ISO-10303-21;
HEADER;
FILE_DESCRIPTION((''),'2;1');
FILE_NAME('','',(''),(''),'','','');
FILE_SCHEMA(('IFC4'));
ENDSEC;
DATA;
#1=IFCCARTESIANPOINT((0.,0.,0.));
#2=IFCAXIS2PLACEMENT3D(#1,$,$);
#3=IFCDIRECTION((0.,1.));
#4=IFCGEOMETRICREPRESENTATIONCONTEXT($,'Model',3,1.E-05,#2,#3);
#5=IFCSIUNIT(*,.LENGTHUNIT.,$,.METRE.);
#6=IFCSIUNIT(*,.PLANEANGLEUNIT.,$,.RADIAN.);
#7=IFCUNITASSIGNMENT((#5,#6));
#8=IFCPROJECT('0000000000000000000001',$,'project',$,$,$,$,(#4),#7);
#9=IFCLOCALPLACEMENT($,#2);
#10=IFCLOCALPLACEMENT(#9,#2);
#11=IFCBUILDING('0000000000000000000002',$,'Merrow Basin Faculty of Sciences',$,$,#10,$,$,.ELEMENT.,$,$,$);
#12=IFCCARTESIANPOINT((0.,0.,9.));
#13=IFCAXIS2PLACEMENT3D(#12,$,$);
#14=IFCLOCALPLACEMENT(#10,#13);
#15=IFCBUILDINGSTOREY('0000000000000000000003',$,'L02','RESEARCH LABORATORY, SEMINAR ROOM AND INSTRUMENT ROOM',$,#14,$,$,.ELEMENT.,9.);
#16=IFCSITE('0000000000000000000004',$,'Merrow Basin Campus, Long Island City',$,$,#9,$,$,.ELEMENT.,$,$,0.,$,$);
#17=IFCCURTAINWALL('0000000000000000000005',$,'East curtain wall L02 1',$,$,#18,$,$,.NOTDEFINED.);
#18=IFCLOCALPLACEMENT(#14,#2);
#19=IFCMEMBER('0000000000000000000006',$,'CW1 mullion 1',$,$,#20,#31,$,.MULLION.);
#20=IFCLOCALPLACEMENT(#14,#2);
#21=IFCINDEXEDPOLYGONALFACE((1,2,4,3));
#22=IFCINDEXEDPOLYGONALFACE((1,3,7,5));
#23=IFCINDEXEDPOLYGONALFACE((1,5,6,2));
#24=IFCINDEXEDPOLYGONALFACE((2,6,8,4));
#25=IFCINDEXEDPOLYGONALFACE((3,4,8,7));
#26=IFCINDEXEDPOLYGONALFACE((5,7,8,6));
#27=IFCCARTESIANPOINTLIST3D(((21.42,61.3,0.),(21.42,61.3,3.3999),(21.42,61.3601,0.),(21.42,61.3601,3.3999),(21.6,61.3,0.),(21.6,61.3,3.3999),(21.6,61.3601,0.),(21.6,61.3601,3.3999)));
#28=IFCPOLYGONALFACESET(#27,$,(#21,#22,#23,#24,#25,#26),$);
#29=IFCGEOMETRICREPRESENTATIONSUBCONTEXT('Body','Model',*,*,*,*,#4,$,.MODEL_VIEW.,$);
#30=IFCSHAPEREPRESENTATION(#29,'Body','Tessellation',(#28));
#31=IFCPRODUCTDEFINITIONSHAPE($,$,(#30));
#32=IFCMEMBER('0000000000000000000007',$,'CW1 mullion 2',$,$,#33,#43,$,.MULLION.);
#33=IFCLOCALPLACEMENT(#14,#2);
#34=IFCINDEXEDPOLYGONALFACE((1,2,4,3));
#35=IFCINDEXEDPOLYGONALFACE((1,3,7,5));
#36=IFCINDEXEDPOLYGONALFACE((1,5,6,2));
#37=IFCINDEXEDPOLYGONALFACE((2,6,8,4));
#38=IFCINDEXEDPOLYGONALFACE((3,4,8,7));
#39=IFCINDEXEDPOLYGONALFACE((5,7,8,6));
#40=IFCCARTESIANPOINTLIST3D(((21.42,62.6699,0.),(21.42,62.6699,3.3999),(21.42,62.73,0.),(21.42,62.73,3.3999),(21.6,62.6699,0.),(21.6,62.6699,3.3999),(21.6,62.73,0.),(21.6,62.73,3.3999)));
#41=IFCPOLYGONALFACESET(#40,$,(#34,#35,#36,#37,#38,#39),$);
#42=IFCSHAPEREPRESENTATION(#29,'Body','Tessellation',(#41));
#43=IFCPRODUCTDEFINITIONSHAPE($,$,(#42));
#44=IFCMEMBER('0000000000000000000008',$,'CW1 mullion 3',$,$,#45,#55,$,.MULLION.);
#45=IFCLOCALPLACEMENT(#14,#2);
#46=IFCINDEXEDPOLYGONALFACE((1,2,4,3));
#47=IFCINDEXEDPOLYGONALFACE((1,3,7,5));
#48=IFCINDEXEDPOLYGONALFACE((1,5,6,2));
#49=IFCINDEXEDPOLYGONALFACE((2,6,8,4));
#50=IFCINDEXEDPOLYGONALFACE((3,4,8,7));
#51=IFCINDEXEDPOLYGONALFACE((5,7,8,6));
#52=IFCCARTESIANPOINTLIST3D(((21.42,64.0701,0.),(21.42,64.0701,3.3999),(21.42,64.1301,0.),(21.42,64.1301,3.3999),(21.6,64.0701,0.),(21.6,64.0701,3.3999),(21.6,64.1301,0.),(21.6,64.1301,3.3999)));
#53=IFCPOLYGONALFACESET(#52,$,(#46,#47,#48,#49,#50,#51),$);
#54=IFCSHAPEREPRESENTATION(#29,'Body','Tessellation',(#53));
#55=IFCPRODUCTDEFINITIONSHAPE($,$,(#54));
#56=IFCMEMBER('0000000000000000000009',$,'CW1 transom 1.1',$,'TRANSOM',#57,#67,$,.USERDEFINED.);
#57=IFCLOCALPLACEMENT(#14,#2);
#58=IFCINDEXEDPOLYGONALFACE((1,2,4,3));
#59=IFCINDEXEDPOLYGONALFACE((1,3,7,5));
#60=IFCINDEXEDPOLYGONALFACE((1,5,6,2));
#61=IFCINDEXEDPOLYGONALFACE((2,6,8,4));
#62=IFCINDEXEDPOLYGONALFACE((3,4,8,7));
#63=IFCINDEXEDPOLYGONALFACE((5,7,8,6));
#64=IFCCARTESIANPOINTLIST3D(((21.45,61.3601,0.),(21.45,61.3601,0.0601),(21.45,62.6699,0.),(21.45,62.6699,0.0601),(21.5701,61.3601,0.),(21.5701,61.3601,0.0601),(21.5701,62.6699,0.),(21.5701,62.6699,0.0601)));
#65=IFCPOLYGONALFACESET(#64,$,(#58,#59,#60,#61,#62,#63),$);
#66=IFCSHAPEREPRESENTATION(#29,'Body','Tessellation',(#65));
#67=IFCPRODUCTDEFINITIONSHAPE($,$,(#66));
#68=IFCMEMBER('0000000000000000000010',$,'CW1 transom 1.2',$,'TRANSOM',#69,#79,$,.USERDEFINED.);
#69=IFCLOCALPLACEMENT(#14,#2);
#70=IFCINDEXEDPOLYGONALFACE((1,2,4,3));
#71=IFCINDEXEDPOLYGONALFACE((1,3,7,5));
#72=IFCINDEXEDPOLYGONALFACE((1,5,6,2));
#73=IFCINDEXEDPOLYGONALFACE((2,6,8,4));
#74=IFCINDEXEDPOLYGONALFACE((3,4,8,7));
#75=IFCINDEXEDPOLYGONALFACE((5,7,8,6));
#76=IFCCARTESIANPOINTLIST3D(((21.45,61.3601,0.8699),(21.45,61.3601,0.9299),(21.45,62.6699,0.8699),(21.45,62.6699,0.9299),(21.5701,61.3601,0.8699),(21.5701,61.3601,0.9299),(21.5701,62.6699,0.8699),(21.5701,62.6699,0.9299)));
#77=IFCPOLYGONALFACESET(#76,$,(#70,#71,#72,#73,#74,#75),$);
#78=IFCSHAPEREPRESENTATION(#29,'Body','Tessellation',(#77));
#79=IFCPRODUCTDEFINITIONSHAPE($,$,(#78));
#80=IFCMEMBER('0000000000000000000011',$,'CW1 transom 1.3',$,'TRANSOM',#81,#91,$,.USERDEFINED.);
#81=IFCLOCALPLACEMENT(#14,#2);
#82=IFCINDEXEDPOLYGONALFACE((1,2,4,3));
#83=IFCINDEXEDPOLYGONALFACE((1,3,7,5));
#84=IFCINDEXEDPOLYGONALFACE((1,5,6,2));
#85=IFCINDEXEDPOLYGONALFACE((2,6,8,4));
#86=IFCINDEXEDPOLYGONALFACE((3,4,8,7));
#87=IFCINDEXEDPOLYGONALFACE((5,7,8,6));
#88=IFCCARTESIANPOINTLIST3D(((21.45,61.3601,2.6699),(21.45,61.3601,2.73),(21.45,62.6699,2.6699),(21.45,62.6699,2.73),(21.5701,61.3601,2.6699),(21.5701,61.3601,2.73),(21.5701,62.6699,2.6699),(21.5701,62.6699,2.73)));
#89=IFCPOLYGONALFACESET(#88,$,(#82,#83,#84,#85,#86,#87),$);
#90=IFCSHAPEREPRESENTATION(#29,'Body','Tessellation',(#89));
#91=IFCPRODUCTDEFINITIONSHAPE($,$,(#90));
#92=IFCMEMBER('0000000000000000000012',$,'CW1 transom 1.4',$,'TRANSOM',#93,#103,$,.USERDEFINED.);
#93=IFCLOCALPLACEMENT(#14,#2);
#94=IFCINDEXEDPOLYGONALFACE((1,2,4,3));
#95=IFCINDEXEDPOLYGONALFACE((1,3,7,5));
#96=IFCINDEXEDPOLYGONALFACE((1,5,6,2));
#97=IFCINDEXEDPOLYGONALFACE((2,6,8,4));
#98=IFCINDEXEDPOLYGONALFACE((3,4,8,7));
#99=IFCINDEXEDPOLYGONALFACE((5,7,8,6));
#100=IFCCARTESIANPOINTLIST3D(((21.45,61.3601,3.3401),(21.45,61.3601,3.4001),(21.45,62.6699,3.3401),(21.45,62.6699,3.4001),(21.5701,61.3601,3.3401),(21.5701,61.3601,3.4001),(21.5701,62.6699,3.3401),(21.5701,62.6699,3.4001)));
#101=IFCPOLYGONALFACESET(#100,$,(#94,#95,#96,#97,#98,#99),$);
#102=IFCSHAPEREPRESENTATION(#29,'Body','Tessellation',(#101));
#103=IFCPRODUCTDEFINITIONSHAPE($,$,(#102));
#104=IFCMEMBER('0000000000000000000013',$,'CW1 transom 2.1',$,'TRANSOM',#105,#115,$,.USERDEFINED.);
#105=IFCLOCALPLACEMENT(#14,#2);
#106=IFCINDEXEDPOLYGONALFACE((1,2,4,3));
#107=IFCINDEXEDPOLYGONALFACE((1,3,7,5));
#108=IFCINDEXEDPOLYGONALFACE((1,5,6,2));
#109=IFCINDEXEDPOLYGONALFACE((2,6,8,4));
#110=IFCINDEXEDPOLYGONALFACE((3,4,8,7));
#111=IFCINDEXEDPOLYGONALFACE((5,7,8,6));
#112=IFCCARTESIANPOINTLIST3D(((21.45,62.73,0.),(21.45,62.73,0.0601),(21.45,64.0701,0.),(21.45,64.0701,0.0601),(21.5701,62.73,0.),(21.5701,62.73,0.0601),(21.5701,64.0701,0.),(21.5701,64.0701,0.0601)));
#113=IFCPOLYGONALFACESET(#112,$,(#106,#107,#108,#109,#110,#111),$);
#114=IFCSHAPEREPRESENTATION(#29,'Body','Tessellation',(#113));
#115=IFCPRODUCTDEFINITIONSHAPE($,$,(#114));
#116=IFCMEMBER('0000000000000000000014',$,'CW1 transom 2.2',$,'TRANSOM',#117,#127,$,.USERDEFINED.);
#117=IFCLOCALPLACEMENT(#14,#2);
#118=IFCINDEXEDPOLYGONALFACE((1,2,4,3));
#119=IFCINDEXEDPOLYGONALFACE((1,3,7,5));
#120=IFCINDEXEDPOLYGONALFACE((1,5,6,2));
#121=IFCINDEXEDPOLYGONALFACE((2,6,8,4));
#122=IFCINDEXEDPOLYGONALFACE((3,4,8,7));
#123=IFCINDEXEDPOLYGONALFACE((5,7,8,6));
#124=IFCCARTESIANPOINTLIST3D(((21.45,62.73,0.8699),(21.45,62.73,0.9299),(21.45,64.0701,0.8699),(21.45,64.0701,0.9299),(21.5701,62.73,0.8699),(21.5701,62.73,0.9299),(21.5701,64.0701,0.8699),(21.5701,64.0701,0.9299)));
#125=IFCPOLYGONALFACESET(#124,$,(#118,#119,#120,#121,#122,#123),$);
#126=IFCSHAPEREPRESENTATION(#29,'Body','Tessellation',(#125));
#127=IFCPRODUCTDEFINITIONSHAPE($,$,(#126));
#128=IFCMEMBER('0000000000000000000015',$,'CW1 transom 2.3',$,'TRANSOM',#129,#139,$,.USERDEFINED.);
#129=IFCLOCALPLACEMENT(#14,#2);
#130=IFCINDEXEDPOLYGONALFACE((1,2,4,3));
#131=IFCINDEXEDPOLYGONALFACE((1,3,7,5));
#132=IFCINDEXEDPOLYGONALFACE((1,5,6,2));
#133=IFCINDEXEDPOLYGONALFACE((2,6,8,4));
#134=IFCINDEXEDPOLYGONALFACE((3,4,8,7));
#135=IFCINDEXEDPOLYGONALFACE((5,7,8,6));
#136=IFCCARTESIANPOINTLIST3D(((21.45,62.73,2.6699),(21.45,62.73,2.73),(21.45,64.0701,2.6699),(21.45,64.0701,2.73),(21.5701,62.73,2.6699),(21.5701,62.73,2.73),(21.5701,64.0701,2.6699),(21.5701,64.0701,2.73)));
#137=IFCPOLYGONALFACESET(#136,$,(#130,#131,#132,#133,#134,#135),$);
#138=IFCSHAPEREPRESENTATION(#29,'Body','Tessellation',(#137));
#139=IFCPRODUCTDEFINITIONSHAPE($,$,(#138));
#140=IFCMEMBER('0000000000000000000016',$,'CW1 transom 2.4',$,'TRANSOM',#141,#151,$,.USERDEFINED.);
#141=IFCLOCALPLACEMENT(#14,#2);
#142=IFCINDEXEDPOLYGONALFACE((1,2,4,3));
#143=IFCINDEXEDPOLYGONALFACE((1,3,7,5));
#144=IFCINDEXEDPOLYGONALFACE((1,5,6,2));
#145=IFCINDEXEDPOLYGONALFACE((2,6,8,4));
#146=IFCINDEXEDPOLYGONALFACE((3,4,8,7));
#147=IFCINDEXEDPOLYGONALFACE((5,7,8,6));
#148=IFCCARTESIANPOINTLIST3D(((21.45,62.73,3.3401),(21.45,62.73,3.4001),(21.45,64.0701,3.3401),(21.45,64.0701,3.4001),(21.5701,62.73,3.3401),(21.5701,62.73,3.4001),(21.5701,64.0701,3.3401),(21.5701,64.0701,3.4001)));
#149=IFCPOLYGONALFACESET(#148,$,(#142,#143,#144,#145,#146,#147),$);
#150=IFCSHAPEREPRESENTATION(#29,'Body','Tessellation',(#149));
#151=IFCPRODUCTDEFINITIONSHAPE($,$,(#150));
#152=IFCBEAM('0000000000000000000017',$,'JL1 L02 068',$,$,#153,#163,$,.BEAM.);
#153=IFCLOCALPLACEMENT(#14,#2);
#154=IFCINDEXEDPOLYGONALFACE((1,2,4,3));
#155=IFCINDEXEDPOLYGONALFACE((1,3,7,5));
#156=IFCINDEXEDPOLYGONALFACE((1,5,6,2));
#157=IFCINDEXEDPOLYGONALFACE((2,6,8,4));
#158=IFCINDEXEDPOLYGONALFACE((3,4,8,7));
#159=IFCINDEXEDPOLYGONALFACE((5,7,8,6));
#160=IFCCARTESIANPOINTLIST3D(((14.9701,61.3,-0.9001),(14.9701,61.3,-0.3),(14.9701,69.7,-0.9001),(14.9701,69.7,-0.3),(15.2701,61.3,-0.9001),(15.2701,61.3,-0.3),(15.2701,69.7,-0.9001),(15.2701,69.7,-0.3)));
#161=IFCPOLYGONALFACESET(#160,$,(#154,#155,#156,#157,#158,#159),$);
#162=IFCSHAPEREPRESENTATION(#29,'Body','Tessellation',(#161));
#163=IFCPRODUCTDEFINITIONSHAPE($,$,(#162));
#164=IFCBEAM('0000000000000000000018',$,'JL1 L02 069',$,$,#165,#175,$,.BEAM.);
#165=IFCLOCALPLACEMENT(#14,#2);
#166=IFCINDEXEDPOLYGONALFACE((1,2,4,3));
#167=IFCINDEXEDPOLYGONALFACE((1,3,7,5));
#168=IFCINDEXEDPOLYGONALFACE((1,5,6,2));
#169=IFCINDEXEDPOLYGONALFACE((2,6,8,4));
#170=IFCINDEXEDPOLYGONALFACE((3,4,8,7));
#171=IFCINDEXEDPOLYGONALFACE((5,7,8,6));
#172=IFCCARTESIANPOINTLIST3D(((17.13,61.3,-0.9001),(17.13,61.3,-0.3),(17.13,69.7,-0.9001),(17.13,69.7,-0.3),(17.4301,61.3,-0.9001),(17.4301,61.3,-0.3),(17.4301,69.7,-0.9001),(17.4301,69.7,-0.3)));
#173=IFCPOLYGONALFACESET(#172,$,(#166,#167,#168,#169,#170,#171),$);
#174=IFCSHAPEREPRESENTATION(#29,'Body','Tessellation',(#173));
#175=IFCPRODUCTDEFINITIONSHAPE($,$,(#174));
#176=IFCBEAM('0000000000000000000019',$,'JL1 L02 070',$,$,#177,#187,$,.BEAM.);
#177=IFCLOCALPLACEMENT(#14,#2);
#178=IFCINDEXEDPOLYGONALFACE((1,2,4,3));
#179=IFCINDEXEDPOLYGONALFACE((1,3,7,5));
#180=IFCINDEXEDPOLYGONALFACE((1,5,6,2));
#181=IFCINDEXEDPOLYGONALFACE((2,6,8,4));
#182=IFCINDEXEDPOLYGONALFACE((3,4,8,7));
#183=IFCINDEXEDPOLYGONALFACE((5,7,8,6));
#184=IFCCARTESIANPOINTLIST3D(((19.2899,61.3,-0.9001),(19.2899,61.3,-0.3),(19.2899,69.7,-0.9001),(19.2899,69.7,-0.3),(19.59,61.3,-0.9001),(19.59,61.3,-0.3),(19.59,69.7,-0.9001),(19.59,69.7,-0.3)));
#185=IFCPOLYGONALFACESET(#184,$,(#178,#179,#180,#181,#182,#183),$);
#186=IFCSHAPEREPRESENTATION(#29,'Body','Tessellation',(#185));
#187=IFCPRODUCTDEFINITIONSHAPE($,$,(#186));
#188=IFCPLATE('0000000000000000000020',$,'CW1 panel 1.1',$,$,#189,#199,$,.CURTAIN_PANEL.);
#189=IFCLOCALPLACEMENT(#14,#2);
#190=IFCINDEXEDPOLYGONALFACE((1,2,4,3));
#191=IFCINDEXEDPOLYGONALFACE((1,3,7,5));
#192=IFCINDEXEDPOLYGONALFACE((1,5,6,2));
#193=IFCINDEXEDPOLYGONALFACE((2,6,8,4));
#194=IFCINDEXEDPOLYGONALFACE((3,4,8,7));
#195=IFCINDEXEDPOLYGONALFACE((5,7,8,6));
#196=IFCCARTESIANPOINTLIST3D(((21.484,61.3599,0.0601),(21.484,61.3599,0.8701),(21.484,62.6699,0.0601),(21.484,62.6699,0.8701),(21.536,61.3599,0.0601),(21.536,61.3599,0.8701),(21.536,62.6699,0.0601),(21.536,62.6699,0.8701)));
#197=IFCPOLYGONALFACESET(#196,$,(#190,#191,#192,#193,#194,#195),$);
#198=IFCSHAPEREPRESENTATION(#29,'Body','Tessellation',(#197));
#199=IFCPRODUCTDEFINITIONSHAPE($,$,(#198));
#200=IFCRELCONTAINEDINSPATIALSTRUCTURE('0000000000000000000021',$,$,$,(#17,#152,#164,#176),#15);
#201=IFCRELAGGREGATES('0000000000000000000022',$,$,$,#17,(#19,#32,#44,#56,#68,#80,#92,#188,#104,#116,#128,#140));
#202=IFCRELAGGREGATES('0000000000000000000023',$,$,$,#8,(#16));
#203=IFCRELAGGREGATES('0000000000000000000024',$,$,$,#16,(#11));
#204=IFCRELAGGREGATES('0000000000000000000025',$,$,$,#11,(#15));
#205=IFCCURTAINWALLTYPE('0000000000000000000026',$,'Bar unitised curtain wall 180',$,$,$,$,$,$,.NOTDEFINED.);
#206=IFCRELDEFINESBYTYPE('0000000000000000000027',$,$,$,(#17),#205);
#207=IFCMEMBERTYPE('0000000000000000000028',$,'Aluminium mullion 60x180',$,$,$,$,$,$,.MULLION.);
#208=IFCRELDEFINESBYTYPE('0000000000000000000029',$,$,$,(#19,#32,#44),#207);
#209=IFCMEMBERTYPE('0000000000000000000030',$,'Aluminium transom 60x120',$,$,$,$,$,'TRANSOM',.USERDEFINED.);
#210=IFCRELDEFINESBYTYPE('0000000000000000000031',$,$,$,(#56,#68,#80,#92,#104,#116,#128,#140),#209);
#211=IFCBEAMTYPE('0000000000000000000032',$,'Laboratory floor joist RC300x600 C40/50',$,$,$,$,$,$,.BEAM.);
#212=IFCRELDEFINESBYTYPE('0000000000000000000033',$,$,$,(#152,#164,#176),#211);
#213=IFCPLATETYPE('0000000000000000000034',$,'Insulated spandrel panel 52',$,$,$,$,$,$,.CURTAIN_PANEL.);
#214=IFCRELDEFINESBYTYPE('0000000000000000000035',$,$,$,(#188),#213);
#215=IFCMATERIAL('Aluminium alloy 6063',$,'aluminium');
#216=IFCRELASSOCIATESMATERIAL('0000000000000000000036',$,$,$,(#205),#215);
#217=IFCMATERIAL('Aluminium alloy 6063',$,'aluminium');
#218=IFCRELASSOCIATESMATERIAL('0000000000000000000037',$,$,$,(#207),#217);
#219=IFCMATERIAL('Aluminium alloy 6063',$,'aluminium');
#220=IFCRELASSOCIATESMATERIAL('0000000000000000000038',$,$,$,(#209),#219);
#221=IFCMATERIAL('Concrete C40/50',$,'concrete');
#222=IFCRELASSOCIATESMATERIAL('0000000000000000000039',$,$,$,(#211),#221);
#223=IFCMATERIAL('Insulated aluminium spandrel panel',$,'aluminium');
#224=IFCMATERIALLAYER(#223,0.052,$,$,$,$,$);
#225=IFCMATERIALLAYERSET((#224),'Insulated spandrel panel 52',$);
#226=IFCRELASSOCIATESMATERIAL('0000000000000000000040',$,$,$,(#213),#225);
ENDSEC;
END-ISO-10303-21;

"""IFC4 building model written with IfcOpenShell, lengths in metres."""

from ifc_helpers import new_model, si_unit, direction, frame, origin, origin_2d, place, context, subcontext, project, spatial, rectangle, extrude, material, layer, layer_set, material_profile, profile_set, type_object, element, aggregate, save


model = new_model("IFC4")

# Units and contexts
model_context = context("Model", 3, precision=1e-05, world=origin(), true_north=direction((0.0, 1.0)))
body_context = subcontext(model_context, "Body", "Model", "MODEL_VIEW")
ifc_project = project(units=[si_unit("LENGTHUNIT", "METRE"), si_unit("PLANEANGLEUNIT", "RADIAN")], contexts=[model_context])

# Site, building, storey
site_placement = place(None, origin())
site = spatial("IfcSite", under=ifc_project, at=site_placement, Name="Merrow Basin Campus, Long Island City", CompositionType="ELEMENT", RefElevation=0.0)
building_placement = place(site_placement, origin())
building = spatial("IfcBuilding", under=site, at=building_placement, Name="Merrow Basin Faculty of Sciences", CompositionType="ELEMENT")
storey_placement = place(building_placement, frame((0.0, 0.0, 9.0)))
storey = spatial("IfcBuildingStorey", under=building, at=storey_placement, Name="L02", Description="RESEARCH LABORATORY, SEMINAR ROOM AND INSTRUMENT ROOM", CompositionType="ELEMENT", Elevation=9.0)

# Curtain wall, members
ifc_material_1 = material(Name="Aluminium alloy 6063", Category="aluminium")
curtain_wall_type = type_object("IfcCurtainWallType", Name="Bar unitised curtain wall 180", PredefinedType="NOTDEFINED", material=ifc_material_1)
curtain_wall_placement = place(storey_placement, origin())
curtain_wall = element("IfcCurtainWall", 1, at=curtain_wall_placement, inside=storey, type_object=curtain_wall_type, Name="East curtain wall L02 1", PredefinedType="NOTDEFINED")
ifc_material_2 = material(Name="Aluminium alloy 6063", Category="aluminium")
ifc_material_profile_1 = material_profile(ifc_material_2, rectangle(XDim=0.1799, YDim=0.0601, at=origin_2d()))
ifc_profile_set_1 = profile_set([ifc_material_profile_1], Name="Aluminium alloy 6063")
member_type_1 = type_object("IfcMemberType", Name="Aluminium mullion 60x180", PredefinedType="MULLION", material=ifc_profile_set_1)
member_1_placement = place(storey_placement, frame((21.51, 61.3301, 0.0), z_axis=(0.0, 0.0, 1.0), x_axis=(-1.0, 0.0, 0.0)))
member_1 = element("IfcMember", 2, at=member_1_placement, type_object=member_type_1, Name="CW1 mullion 1", PredefinedType="MULLION", context=body_context, shape_type="SweptSolid", body=[
    extrude(rectangle(XDim=0.1799, YDim=0.0601, at=origin_2d()), origin(), (0.0, 0.0, 1.0), 3.3999),
])
member_2_placement = place(storey_placement, frame((21.51, 62.7, 0.0), z_axis=(0.0, 0.0, 1.0), x_axis=(-1.0, 0.0, 0.0)))
member_2 = element("IfcMember", 3, at=member_2_placement, type_object=member_type_1, Name="CW1 mullion 2", PredefinedType="MULLION", context=body_context, shape_type="SweptSolid", body=[
    extrude(rectangle(XDim=0.1799, YDim=0.0601, at=origin_2d()), origin(), (0.0, 0.0, 1.0), 3.3999),
])
member_3_placement = place(storey_placement, frame((21.51, 64.1001, 0.0), z_axis=(0.0, 0.0, 1.0), x_axis=(-1.0, 0.0, 0.0)))
member_3 = element("IfcMember", 4, at=member_3_placement, type_object=member_type_1, Name="CW1 mullion 3", PredefinedType="MULLION", context=body_context, shape_type="SweptSolid", body=[
    extrude(rectangle(XDim=0.1799, YDim=0.0601, at=origin_2d()), origin(), (0.0, 0.0, 1.0), 3.3999),
])
ifc_material_3 = material(Name="Aluminium alloy 6063", Category="aluminium")
ifc_material_profile_2 = material_profile(ifc_material_3, rectangle(XDim=0.1201, YDim=0.0601, at=origin_2d()))
ifc_profile_set_2 = profile_set([ifc_material_profile_2], Name="Aluminium alloy 6063")
member_type_2 = type_object("IfcMemberType", Name="Aluminium transom 60x120", ElementType="TRANSOM", PredefinedType="USERDEFINED", material=ifc_profile_set_2)
member_4_placement = place(storey_placement, frame((21.51, 61.3601, 0.03), z_axis=(0.0, 1.0, 0.0), x_axis=(-1.0, 0.0, 0.0)))
member_4 = element("IfcMember", 5, at=member_4_placement, type_object=member_type_2, Name="CW1 transom 1.1", ObjectType="TRANSOM", PredefinedType="USERDEFINED", context=body_context, shape_type="SweptSolid", body=[
    extrude(rectangle(XDim=0.1201, YDim=0.0601, at=origin_2d()), origin(), (0.0, 0.0, 1.0), 1.3098),
])
member_5_placement = place(storey_placement, frame((21.51, 61.3601, 0.8999), z_axis=(0.0, 1.0, 0.0), x_axis=(-1.0, 0.0, 0.0)))
member_5 = element("IfcMember", 6, at=member_5_placement, type_object=member_type_2, Name="CW1 transom 1.2", ObjectType="TRANSOM", PredefinedType="USERDEFINED", context=body_context, shape_type="SweptSolid", body=[
    extrude(rectangle(XDim=0.1201, YDim=0.0601, at=origin_2d()), origin(), (0.0, 0.0, 1.0), 1.3098),
])
member_6_placement = place(storey_placement, frame((21.51, 61.3601, 2.7), z_axis=(0.0, 1.0, 0.0), x_axis=(-1.0, 0.0, 0.0)))
member_6 = element("IfcMember", 7, at=member_6_placement, type_object=member_type_2, Name="CW1 transom 1.3", ObjectType="TRANSOM", PredefinedType="USERDEFINED", context=body_context, shape_type="SweptSolid", body=[
    extrude(rectangle(XDim=0.1201, YDim=0.0601, at=origin_2d()), origin(), (0.0, 0.0, 1.0), 1.3098),
])
member_7_placement = place(storey_placement, frame((21.51, 61.3601, 3.3701), z_axis=(0.0, 1.0, 0.0), x_axis=(-1.0, 0.0, 0.0)))
member_7 = element("IfcMember", 8, at=member_7_placement, type_object=member_type_2, Name="CW1 transom 1.4", ObjectType="TRANSOM", PredefinedType="USERDEFINED", context=body_context, shape_type="SweptSolid", body=[
    extrude(rectangle(XDim=0.1201, YDim=0.0601, at=origin_2d()), origin(), (0.0, 0.0, 1.0), 1.3098),
])
member_8_placement = place(storey_placement, frame((21.51, 62.73, 0.03), z_axis=(0.0, 1.0, 0.0), x_axis=(-1.0, 0.0, 0.0)))
member_8 = element("IfcMember", 9, at=member_8_placement, type_object=member_type_2, Name="CW1 transom 2.1", ObjectType="TRANSOM", PredefinedType="USERDEFINED", context=body_context, shape_type="SweptSolid", body=[
    extrude(rectangle(XDim=0.1201, YDim=0.0601, at=origin_2d()), origin(), (0.0, 0.0, 1.0), 1.3401),
])
member_9_placement = place(storey_placement, frame((21.51, 62.73, 0.8999), z_axis=(0.0, 1.0, 0.0), x_axis=(-1.0, 0.0, 0.0)))
member_9 = element("IfcMember", 10, at=member_9_placement, type_object=member_type_2, Name="CW1 transom 2.2", ObjectType="TRANSOM", PredefinedType="USERDEFINED", context=body_context, shape_type="SweptSolid", body=[
    extrude(rectangle(XDim=0.1201, YDim=0.0601, at=origin_2d()), origin(), (0.0, 0.0, 1.0), 1.3401),
])
member_10_placement = place(storey_placement, frame((21.51, 62.73, 2.7), z_axis=(0.0, 1.0, 0.0), x_axis=(-1.0, 0.0, 0.0)))
member_10 = element("IfcMember", 11, at=member_10_placement, type_object=member_type_2, Name="CW1 transom 2.3", ObjectType="TRANSOM", PredefinedType="USERDEFINED", context=body_context, shape_type="SweptSolid", body=[
    extrude(rectangle(XDim=0.1201, YDim=0.0601, at=origin_2d()), origin(), (0.0, 0.0, 1.0), 1.3401),
])
member_11_placement = place(storey_placement, frame((21.51, 62.73, 3.3701), z_axis=(0.0, 1.0, 0.0), x_axis=(-1.0, 0.0, 0.0)))
member_11 = element("IfcMember", 12, at=member_11_placement, type_object=member_type_2, Name="CW1 transom 2.4", ObjectType="TRANSOM", PredefinedType="USERDEFINED", context=body_context, shape_type="SweptSolid", body=[
    extrude(rectangle(XDim=0.1201, YDim=0.0601, at=origin_2d()), origin(), (0.0, 0.0, 1.0), 1.3401),
])

# Beams
ifc_material_4 = material(Name="Concrete C40/50", Category="concrete")
ifc_material_profile_3 = material_profile(ifc_material_4, rectangle(XDim=0.3, YDim=0.6001, at=origin_2d()))
ifc_profile_set_3 = profile_set([ifc_material_profile_3], Name="Concrete C40/50")
beam_type = type_object("IfcBeamType", Name="Laboratory floor joist RC300x600 C40/50", PredefinedType="BEAM", material=ifc_profile_set_3)
for number, where, z_axis, x_axis, name in (
    (13, (15.1201, 61.3, -0.6001), (0.0, 1.0, 0.0), (-1.0, 0.0, 0.0), "JL1 L02 068"),
    (14, (17.28, 61.3, -0.6001), (0.0, 1.0, 0.0), (-1.0, 0.0, 0.0), "JL1 L02 069"),
    (15, (19.4399, 61.3, -0.6001), (0.0, 1.0, 0.0), (-1.0, 0.0, 0.0), "JL1 L02 070"),
):
    element("IfcBeam", number, at=place(storey_placement, frame(where, z_axis=z_axis, x_axis=x_axis)), inside=storey, type_object=beam_type, Name=name, PredefinedType="BEAM", context=body_context, shape_type="SweptSolid", body=[
        extrude(rectangle(XDim=0.3, YDim=0.6001, at=origin_2d()), origin(), (0.0, 0.0, 1.0), 8.3999),
    ])

# Plate
ifc_material_5 = material(Name="Insulated aluminium spandrel panel", Category="aluminium")
ifc_layer_1 = layer(ifc_material_5, 0.052)
ifc_layer_set_1 = layer_set([ifc_layer_1], Name="Insulated spandrel panel 52")
plate_type_1 = type_object("IfcPlateType", Name="Insulated spandrel panel 52", PredefinedType="CURTAIN_PANEL", material=ifc_layer_set_1)
plate_1_placement = place(storey_placement, frame((21.51, 62.0149, 0.0601), z_axis=(0.0, 0.0, 1.0), x_axis=(0.0, 1.0, 0.0)))
plate_1 = element("IfcPlate", 16, at=plate_1_placement, type_object=plate_type_1, Name="CW1 panel 1.1", PredefinedType="CURTAIN_PANEL", context=body_context, shape_type="SweptSolid", body=[
    extrude(rectangle(XDim=1.3101, YDim=0.052, at=origin_2d()), origin(), (0.0, 0.0, 1.0), 0.8101),
])
aggregate(curtain_wall, [member_1, member_2, member_3, member_4, member_5, member_6, member_7, plate_1, member_8, member_9, member_10, member_11])

save(model, "model.ifc")
